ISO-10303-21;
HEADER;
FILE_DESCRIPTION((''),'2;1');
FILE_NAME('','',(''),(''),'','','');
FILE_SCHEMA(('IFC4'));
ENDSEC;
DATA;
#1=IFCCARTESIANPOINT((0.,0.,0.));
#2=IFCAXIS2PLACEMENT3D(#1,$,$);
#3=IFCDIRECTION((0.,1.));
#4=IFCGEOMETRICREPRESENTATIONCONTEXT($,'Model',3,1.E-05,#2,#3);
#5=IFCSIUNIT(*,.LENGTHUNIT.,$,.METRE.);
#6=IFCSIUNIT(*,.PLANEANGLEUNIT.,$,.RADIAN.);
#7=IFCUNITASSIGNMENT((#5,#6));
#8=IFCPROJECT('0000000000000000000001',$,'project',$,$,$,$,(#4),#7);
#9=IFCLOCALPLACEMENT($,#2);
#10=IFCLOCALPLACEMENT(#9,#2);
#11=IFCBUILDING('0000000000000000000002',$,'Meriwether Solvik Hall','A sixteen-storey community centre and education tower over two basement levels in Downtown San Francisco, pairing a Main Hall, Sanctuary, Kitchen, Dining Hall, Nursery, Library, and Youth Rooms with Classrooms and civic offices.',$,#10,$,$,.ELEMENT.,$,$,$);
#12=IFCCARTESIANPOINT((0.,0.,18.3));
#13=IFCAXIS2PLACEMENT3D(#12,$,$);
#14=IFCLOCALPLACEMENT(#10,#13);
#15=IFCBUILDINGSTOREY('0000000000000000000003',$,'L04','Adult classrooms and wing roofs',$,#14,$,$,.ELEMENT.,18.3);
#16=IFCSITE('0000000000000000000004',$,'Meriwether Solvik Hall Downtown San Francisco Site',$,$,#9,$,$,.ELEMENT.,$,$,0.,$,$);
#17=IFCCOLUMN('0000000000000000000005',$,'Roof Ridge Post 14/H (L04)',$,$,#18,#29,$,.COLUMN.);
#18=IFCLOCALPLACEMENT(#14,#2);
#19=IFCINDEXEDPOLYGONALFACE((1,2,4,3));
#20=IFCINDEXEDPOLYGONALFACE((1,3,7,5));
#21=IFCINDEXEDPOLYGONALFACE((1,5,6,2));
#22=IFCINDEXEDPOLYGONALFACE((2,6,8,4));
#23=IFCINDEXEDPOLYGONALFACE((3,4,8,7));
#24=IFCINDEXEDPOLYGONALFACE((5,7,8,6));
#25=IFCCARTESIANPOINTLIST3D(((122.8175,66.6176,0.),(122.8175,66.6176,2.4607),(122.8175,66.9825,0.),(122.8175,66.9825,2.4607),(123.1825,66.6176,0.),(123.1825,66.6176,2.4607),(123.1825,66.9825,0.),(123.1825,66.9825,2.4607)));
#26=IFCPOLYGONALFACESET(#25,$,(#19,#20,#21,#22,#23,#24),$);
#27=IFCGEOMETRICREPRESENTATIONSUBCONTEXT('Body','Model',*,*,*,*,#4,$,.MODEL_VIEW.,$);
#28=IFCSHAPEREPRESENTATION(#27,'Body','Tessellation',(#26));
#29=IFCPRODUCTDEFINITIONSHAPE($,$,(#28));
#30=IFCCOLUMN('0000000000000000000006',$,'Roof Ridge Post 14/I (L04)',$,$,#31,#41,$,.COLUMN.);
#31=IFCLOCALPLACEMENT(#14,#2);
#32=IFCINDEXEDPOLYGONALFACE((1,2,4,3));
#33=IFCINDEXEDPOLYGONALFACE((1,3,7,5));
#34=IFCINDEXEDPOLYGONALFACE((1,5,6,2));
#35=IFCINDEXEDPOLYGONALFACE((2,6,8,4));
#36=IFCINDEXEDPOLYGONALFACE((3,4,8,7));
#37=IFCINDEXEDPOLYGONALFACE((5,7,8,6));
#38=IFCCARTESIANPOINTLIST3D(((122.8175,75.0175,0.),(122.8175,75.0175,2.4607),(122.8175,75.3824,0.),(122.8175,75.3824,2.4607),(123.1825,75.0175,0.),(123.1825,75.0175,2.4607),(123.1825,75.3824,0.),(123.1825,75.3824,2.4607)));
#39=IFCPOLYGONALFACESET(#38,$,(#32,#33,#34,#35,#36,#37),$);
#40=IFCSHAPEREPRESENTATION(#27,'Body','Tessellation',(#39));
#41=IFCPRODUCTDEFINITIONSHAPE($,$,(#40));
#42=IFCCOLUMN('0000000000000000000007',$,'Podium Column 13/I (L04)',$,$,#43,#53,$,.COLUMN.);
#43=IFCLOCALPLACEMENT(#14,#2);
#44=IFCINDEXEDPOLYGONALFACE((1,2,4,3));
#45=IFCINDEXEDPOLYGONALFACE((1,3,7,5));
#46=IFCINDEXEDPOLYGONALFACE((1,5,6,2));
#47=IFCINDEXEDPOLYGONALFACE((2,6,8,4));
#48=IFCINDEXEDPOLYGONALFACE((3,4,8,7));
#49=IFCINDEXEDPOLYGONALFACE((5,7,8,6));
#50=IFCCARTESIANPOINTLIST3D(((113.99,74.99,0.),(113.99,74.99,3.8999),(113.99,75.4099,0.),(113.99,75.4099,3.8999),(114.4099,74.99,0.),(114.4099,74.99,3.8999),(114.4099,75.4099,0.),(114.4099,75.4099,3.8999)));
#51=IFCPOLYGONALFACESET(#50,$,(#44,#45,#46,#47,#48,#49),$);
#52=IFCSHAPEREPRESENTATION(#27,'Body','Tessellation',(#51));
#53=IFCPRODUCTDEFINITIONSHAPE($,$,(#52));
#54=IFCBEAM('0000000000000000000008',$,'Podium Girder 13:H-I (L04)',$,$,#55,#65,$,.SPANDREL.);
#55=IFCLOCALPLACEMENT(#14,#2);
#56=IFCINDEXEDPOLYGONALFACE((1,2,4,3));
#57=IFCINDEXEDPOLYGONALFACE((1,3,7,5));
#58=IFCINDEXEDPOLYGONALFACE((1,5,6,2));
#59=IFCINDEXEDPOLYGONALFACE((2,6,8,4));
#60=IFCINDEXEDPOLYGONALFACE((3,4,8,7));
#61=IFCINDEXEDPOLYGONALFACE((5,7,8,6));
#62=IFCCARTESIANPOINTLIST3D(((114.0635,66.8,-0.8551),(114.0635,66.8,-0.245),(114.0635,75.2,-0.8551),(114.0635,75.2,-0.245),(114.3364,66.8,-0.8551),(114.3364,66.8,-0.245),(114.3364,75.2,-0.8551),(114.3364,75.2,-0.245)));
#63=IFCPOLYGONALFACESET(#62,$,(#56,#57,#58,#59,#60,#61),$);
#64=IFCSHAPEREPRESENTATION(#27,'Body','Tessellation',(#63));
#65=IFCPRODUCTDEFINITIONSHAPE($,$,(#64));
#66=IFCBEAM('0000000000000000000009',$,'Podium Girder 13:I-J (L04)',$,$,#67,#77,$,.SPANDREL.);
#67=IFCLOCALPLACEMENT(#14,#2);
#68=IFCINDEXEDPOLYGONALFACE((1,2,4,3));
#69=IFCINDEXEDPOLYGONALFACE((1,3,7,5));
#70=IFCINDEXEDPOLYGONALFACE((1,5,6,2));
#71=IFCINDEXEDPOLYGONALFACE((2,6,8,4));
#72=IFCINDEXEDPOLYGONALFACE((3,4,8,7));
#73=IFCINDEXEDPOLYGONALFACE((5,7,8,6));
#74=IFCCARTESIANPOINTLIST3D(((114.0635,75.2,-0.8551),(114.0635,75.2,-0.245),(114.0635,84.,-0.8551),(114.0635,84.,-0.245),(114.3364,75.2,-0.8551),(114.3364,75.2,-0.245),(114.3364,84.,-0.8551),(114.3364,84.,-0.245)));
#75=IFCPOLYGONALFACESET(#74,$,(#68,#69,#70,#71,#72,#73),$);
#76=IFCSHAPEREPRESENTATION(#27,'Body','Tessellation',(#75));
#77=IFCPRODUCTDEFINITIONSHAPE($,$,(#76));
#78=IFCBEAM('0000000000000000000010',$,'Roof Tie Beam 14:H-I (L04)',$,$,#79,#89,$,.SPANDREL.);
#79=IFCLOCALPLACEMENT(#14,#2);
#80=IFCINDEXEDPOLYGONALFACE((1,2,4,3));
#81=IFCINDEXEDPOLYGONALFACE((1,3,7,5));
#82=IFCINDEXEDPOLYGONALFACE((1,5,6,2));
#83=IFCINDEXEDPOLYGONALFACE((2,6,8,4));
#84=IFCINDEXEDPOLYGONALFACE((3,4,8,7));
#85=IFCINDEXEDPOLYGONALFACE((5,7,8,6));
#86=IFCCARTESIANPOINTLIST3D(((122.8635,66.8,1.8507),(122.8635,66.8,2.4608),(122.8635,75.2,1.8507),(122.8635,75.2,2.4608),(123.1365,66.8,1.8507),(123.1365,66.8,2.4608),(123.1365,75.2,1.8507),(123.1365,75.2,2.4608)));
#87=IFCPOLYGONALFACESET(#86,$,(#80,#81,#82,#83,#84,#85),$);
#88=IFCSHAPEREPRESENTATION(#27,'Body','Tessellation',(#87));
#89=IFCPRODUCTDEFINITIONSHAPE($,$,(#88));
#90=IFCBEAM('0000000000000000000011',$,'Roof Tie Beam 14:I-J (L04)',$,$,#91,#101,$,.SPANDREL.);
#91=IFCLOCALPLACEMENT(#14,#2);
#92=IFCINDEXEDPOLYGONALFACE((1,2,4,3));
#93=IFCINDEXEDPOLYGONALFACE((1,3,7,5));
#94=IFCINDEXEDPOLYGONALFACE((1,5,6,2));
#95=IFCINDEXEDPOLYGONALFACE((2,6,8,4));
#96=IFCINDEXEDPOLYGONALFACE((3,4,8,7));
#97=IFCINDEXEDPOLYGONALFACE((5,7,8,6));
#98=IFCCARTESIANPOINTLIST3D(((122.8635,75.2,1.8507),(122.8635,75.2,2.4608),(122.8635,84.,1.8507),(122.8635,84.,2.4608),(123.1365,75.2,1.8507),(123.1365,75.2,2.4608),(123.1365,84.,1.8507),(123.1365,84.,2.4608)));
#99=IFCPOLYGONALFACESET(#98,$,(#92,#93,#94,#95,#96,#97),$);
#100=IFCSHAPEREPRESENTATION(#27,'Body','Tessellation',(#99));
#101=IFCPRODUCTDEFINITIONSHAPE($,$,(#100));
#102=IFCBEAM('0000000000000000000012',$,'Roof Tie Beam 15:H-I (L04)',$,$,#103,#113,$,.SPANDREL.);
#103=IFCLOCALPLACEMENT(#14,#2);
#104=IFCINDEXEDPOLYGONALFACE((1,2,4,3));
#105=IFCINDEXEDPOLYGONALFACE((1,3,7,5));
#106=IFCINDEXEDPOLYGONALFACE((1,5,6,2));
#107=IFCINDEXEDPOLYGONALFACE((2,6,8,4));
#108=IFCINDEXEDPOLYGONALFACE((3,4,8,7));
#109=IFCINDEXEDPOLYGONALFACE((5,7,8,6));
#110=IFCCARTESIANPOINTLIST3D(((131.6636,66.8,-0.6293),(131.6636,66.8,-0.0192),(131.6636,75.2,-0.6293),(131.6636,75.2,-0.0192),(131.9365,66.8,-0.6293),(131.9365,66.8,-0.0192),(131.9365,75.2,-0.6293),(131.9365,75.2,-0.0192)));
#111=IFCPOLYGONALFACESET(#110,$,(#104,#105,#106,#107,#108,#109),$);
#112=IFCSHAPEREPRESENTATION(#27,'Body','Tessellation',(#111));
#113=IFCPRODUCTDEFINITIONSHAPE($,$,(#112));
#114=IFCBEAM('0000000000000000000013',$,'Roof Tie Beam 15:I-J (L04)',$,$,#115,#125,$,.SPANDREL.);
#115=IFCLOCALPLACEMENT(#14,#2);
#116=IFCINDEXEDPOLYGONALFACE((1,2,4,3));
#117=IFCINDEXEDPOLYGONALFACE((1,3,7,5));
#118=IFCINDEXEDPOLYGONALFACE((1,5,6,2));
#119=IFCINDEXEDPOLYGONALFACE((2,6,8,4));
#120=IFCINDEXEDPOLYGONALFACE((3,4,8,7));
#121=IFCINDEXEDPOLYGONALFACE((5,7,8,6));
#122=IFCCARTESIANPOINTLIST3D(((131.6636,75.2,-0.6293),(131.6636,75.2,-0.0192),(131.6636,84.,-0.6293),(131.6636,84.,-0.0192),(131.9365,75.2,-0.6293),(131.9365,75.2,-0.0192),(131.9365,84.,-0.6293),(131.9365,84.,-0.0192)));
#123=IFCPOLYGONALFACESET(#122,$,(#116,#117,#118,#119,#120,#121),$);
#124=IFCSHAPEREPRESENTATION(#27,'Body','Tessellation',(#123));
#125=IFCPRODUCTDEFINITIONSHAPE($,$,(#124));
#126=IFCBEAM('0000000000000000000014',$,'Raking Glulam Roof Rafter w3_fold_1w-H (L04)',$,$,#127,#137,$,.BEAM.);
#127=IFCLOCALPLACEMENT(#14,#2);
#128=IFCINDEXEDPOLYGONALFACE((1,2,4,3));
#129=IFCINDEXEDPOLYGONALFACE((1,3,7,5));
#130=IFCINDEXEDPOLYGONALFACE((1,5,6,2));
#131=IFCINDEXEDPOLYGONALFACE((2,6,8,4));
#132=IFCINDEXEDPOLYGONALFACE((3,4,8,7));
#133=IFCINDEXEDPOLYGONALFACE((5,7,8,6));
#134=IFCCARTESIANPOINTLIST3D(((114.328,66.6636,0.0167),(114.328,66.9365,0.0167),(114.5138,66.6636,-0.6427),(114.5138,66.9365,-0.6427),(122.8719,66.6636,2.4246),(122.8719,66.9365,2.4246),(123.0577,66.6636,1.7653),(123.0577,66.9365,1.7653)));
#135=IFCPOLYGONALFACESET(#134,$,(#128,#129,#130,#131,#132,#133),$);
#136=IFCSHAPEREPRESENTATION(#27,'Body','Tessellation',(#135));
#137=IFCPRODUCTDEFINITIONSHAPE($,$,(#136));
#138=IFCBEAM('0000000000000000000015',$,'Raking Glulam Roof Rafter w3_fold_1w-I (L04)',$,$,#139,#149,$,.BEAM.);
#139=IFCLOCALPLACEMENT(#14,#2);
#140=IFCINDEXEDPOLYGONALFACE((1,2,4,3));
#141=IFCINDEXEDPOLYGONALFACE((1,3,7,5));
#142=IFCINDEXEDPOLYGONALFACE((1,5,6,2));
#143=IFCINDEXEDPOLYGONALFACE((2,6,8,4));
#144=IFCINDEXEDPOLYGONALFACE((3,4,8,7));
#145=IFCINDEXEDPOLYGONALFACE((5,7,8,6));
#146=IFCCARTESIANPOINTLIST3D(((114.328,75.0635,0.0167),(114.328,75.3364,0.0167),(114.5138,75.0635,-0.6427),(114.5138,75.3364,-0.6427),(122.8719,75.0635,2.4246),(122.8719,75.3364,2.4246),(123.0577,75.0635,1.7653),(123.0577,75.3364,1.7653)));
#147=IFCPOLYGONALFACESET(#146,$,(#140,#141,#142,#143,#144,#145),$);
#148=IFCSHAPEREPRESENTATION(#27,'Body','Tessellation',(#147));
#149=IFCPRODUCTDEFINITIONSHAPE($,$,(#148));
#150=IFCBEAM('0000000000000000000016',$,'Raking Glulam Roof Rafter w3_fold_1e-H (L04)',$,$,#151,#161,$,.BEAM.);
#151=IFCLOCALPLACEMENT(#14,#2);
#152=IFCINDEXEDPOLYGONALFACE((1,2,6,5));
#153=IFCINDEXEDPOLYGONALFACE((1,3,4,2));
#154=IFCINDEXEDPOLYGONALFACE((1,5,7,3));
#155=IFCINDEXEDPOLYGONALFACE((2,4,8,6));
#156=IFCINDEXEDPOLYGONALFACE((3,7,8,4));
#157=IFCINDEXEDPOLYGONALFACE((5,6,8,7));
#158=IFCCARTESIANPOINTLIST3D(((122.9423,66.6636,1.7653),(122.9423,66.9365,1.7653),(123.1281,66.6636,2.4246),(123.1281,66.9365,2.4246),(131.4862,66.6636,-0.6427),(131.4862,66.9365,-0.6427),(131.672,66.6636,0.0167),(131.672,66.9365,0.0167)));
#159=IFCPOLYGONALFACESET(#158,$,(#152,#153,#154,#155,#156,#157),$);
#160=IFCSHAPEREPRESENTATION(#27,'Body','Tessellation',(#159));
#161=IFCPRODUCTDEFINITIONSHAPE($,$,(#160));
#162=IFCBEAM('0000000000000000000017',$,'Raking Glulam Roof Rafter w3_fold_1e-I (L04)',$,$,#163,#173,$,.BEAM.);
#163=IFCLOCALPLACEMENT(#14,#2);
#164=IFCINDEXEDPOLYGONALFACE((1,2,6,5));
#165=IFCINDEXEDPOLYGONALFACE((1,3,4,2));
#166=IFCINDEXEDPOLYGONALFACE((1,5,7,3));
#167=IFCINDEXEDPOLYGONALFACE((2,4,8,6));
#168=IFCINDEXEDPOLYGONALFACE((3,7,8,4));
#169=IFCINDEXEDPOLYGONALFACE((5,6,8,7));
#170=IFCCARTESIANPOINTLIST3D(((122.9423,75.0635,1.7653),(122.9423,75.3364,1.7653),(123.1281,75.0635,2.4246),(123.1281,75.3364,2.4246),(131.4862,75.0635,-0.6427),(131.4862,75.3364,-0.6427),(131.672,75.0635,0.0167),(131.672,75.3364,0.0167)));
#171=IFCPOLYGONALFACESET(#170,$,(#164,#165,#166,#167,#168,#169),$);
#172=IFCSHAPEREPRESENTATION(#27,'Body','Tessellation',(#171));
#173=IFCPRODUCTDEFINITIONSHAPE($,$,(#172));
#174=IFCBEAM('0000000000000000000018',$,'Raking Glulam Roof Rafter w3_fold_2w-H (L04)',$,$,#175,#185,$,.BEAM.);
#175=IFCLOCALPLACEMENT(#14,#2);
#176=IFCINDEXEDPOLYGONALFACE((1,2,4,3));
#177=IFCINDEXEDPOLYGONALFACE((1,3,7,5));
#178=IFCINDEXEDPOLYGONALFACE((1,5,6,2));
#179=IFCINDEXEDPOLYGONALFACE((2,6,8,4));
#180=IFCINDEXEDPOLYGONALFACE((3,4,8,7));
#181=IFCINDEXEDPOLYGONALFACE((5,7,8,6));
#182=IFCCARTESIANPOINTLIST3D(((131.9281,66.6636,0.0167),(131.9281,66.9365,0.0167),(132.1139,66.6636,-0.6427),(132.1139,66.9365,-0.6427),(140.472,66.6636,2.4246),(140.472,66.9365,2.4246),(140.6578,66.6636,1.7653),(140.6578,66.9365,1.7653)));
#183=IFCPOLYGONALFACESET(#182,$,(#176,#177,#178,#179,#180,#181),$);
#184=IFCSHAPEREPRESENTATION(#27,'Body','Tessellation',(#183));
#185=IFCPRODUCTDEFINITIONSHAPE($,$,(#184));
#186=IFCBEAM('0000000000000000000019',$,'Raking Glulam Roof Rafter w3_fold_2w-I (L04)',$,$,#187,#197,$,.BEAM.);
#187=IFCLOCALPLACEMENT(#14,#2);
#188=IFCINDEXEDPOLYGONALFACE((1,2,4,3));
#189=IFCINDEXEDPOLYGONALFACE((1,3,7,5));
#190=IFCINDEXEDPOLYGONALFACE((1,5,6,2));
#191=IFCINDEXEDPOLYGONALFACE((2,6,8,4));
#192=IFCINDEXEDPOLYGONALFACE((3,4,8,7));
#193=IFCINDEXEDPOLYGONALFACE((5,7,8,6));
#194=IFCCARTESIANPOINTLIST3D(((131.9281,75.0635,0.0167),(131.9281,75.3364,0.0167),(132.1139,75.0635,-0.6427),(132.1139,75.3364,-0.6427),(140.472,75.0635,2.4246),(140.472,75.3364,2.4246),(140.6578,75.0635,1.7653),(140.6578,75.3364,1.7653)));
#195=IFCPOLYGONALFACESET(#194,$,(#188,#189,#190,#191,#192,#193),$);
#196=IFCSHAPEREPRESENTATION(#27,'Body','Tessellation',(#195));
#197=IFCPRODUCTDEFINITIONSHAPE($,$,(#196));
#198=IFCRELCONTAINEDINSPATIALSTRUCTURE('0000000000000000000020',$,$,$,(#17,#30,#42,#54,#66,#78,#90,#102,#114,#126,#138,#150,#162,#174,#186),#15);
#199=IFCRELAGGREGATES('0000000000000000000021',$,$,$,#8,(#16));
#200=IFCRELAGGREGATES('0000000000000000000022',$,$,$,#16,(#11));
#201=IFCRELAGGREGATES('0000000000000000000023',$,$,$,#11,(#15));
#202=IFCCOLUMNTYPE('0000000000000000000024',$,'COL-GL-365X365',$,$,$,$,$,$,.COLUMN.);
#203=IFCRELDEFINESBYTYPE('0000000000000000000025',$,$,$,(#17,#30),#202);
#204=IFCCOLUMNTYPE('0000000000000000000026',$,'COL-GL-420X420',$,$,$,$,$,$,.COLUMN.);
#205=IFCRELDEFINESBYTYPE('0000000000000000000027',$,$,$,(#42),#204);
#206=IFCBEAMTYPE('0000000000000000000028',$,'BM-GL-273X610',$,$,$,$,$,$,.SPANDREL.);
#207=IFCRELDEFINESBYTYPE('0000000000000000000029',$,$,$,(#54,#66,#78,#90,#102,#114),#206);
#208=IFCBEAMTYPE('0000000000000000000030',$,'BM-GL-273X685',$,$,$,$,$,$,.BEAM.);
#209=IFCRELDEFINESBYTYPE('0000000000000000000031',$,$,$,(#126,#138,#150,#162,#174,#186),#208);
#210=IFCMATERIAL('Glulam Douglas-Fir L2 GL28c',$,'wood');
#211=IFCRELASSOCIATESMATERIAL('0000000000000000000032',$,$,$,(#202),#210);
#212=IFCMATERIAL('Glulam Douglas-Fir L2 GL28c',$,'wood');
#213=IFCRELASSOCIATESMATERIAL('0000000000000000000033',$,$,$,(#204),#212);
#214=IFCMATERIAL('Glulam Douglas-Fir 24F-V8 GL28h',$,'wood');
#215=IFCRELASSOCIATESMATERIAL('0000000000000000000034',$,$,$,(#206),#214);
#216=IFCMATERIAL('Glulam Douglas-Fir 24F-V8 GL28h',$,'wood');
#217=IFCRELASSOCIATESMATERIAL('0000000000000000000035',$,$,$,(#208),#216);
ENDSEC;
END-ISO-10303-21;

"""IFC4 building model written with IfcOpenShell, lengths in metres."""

from ifc_helpers import new_model, si_unit, direction, frame, origin, origin_2d, place, context, subcontext, project, spatial, rectangle, extrude, material, material_profile, profile_set, type_object, element, save


model = new_model("IFC4")

# Units and contexts
model_context = context("Model", 3, precision=1e-05, world=origin(), true_north=direction((0.0, 1.0)))
body_context = subcontext(model_context, "Body", "Model", "MODEL_VIEW")
ifc_project = project(units=[si_unit("LENGTHUNIT", "METRE"), si_unit("PLANEANGLEUNIT", "RADIAN")], contexts=[model_context])

# Site, building, storey
site_placement = place(None, origin())
site = spatial("IfcSite", under=ifc_project, at=site_placement, Name="Meriwether Solvik Hall Downtown San Francisco Site", CompositionType="ELEMENT", RefElevation=0.0)
building_placement = place(site_placement, origin())
building = spatial("IfcBuilding", under=site, at=building_placement, Name="Meriwether Solvik Hall", Description="A sixteen-storey community centre and education tower over two basement levels in Downtown San Francisco, pairing a Main Hall, Sanctuary, Kitchen, Dining Hall, Nursery, Library, and Youth Rooms with Classrooms and civic offices.", CompositionType="ELEMENT")
storey_placement = place(building_placement, frame((0.0, 0.0, 18.3)))
storey = spatial("IfcBuildingStorey", under=building, at=storey_placement, Name="L04", Description="Adult classrooms and wing roofs", CompositionType="ELEMENT", Elevation=18.3)

# Columns
ifc_material_1 = material(Name="Glulam Douglas-Fir L2 GL28c", Category="wood")
ifc_material_profile_1 = material_profile(ifc_material_1, rectangle(XDim=0.365, YDim=0.365, at=origin_2d()), Name="GLC-365X365")
ifc_profile_set_1 = profile_set([ifc_material_profile_1], Name="Glulam Douglas-Fir L2 GL28c")
column_type_1 = type_object("IfcColumnType", Name="COL-GL-365X365", PredefinedType="COLUMN", material=ifc_profile_set_1)
for number, where, z_axis, x_axis, name in (
    (1, (123.0, 66.8, 0.0), (0.0, 0.0, 1.0), (1.0, 0.0, 0.0), "Roof Ridge Post 14/H (L04)"),
    (2, (123.0, 75.2, 0.0), (0.0, 0.0, 1.0), (1.0, 0.0, 0.0), "Roof Ridge Post 14/I (L04)"),
):
    element("IfcColumn", number, at=place(storey_placement, frame(where, z_axis=z_axis, x_axis=x_axis)), inside=storey, type_object=column_type_1, Name=name, PredefinedType="COLUMN", context=body_context, shape_type="SweptSolid", body=[
        extrude(rectangle(XDim=0.365, YDim=0.365, at=origin_2d()), origin(), (0.0, 0.0, 1.0), 2.4607),
    ])
ifc_material_2 = material(Name="Glulam Douglas-Fir L2 GL28c", Category="wood")
ifc_material_profile_2 = material_profile(ifc_material_2, rectangle(XDim=0.4199, YDim=0.4199, at=origin_2d()), Name="GLC-420X420")
ifc_profile_set_2 = profile_set([ifc_material_profile_2], Name="Glulam Douglas-Fir L2 GL28c")
column_type_2 = type_object("IfcColumnType", Name="COL-GL-420X420", PredefinedType="COLUMN", material=ifc_profile_set_2)
column_placement = place(storey_placement, frame((114.2, 75.2, 0.0), z_axis=(0.0, 0.0, 1.0), x_axis=(1.0, 0.0, 0.0)))
element("IfcColumn", 3, at=column_placement, inside=storey, type_object=column_type_2, Name="Podium Column 13/I (L04)", PredefinedType="COLUMN", context=body_context, shape_type="SweptSolid", body=[
    extrude(rectangle(XDim=0.4199, YDim=0.4199, at=origin_2d()), origin(), (0.0, 0.0, 1.0), 3.8999),
])

# Beams
ifc_material_3 = material(Name="Glulam Douglas-Fir 24F-V8 GL28h", Category="wood")
ifc_material_profile_3 = material_profile(ifc_material_3, rectangle(XDim=0.2729, YDim=0.6101, at=origin_2d()), Name="GLB-273X610")
ifc_profile_set_3 = profile_set([ifc_material_profile_3], Name="Glulam Douglas-Fir 24F-V8 GL28h")
beam_type_1 = type_object("IfcBeamType", Name="BM-GL-273X610", PredefinedType="SPANDREL", material=ifc_profile_set_3)
beam_1_placement = place(storey_placement, frame((114.2, 66.8, -0.55), z_axis=(0.0, 1.0, 0.0), x_axis=(-1.0, 0.0, 0.0)))
element("IfcBeam", 4, at=beam_1_placement, inside=storey, type_object=beam_type_1, Name="Podium Girder 13:H-I (L04)", PredefinedType="SPANDREL", context=body_context, shape_type="SweptSolid", body=[
    extrude(rectangle(XDim=0.2729, YDim=0.6101, at=origin_2d()), origin(), (0.0, 0.0, 1.0), 8.3999),
])
beam_2_placement = place(storey_placement, frame((114.2, 75.2, -0.55), z_axis=(0.0, 1.0, 0.0), x_axis=(-1.0, 0.0, 0.0)))
element("IfcBeam", 5, at=beam_2_placement, inside=storey, type_object=beam_type_1, Name="Podium Girder 13:I-J (L04)", PredefinedType="SPANDREL", context=body_context, shape_type="SweptSolid", body=[
    extrude(rectangle(XDim=0.2729, YDim=0.6101, at=origin_2d()), origin(), (0.0, 0.0, 1.0), 8.8),
])
beam_3_placement = place(storey_placement, frame((123.0, 66.8, 2.1558), z_axis=(0.0, 1.0, 0.0), x_axis=(-1.0, 0.0, 0.0)))
element("IfcBeam", 6, at=beam_3_placement, inside=storey, type_object=beam_type_1, Name="Roof Tie Beam 14:H-I (L04)", PredefinedType="SPANDREL", context=body_context, shape_type="SweptSolid", body=[
    extrude(rectangle(XDim=0.2729, YDim=0.6101, at=origin_2d()), origin(), (0.0, 0.0, 1.0), 8.3999),
])
beam_4_placement = place(storey_placement, frame((123.0, 75.2, 2.1558), z_axis=(0.0, 1.0, 0.0), x_axis=(-1.0, 0.0, 0.0)))
element("IfcBeam", 7, at=beam_4_placement, inside=storey, type_object=beam_type_1, Name="Roof Tie Beam 14:I-J (L04)", PredefinedType="SPANDREL", context=body_context, shape_type="SweptSolid", body=[
    extrude(rectangle(XDim=0.2729, YDim=0.6101, at=origin_2d()), origin(), (0.0, 0.0, 1.0), 8.8),
])
beam_5_placement = place(storey_placement, frame((131.8, 66.8, -0.3242), z_axis=(0.0, 1.0, 0.0), x_axis=(-1.0, 0.0, 0.0)))
element("IfcBeam", 8, at=beam_5_placement, inside=storey, type_object=beam_type_1, Name="Roof Tie Beam 15:H-I (L04)", PredefinedType="SPANDREL", context=body_context, shape_type="SweptSolid", body=[
    extrude(rectangle(XDim=0.2729, YDim=0.6101, at=origin_2d()), origin(), (0.0, 0.0, 1.0), 8.3999),
])
beam_6_placement = place(storey_placement, frame((131.8, 75.2, -0.3242), z_axis=(0.0, 1.0, 0.0), x_axis=(-1.0, 0.0, 0.0)))
element("IfcBeam", 9, at=beam_6_placement, inside=storey, type_object=beam_type_1, Name="Roof Tie Beam 15:I-J (L04)", PredefinedType="SPANDREL", context=body_context, shape_type="SweptSolid", body=[
    extrude(rectangle(XDim=0.2729, YDim=0.6101, at=origin_2d()), origin(), (0.0, 0.0, 1.0), 8.8),
])
ifc_material_4 = material(Name="Glulam Douglas-Fir 24F-V8 GL28h", Category="wood")
ifc_material_profile_4 = material_profile(ifc_material_4, rectangle(XDim=0.2729, YDim=0.6851, at=origin_2d()), Name="GLB-273X685")
ifc_profile_set_4 = profile_set([ifc_material_profile_4], Name="Glulam Douglas-Fir 24F-V8 GL28h")
beam_type_2 = type_object("IfcBeamType", Name="BM-GL-273X685", PredefinedType="BEAM", material=ifc_profile_set_4)
for number, where, z_axis, x_axis, name in (
    (10, (114.4209, 66.8, -0.313), (0.962505, 0.0, 0.271265), (0.0, 1.0, 0.0), "Raking Glulam Roof Rafter w3_fold_1w-H (L04)"),
    (11, (114.4209, 75.2, -0.313), (0.962505, 0.0, 0.271265), (0.0, 1.0, 0.0), "Raking Glulam Roof Rafter w3_fold_1w-I (L04)"),
    (12, (131.5791, 66.8, -0.313), (-0.962505, 0.0, 0.271265), (0.0, -1.0, 0.0), "Raking Glulam Roof Rafter w3_fold_1e-H (L04)"),
    (13, (131.5791, 75.2, -0.313), (-0.962505, 0.0, 0.271265), (0.0, -1.0, 0.0), "Raking Glulam Roof Rafter w3_fold_1e-I (L04)"),
    (14, (132.021, 66.8, -0.313), (0.962505, 0.0, 0.271265), (0.0, 1.0, 0.0), "Raking Glulam Roof Rafter w3_fold_2w-H (L04)"),
    (15, (132.021, 75.2, -0.313), (0.962505, 0.0, 0.271265), (0.0, 1.0, 0.0), "Raking Glulam Roof Rafter w3_fold_2w-I (L04)"),
):
    element("IfcBeam", number, at=place(storey_placement, frame(where, z_axis=z_axis, x_axis=x_axis)), inside=storey, type_object=beam_type_2, Name=name, PredefinedType="BEAM", context=body_context, shape_type="SweptSolid", body=[
        extrude(rectangle(XDim=0.2729, YDim=0.6851, at=origin_2d()), origin(), (0.0, 0.0, 1.0), 8.8767),
    ])

save(model, "model.ifc")
